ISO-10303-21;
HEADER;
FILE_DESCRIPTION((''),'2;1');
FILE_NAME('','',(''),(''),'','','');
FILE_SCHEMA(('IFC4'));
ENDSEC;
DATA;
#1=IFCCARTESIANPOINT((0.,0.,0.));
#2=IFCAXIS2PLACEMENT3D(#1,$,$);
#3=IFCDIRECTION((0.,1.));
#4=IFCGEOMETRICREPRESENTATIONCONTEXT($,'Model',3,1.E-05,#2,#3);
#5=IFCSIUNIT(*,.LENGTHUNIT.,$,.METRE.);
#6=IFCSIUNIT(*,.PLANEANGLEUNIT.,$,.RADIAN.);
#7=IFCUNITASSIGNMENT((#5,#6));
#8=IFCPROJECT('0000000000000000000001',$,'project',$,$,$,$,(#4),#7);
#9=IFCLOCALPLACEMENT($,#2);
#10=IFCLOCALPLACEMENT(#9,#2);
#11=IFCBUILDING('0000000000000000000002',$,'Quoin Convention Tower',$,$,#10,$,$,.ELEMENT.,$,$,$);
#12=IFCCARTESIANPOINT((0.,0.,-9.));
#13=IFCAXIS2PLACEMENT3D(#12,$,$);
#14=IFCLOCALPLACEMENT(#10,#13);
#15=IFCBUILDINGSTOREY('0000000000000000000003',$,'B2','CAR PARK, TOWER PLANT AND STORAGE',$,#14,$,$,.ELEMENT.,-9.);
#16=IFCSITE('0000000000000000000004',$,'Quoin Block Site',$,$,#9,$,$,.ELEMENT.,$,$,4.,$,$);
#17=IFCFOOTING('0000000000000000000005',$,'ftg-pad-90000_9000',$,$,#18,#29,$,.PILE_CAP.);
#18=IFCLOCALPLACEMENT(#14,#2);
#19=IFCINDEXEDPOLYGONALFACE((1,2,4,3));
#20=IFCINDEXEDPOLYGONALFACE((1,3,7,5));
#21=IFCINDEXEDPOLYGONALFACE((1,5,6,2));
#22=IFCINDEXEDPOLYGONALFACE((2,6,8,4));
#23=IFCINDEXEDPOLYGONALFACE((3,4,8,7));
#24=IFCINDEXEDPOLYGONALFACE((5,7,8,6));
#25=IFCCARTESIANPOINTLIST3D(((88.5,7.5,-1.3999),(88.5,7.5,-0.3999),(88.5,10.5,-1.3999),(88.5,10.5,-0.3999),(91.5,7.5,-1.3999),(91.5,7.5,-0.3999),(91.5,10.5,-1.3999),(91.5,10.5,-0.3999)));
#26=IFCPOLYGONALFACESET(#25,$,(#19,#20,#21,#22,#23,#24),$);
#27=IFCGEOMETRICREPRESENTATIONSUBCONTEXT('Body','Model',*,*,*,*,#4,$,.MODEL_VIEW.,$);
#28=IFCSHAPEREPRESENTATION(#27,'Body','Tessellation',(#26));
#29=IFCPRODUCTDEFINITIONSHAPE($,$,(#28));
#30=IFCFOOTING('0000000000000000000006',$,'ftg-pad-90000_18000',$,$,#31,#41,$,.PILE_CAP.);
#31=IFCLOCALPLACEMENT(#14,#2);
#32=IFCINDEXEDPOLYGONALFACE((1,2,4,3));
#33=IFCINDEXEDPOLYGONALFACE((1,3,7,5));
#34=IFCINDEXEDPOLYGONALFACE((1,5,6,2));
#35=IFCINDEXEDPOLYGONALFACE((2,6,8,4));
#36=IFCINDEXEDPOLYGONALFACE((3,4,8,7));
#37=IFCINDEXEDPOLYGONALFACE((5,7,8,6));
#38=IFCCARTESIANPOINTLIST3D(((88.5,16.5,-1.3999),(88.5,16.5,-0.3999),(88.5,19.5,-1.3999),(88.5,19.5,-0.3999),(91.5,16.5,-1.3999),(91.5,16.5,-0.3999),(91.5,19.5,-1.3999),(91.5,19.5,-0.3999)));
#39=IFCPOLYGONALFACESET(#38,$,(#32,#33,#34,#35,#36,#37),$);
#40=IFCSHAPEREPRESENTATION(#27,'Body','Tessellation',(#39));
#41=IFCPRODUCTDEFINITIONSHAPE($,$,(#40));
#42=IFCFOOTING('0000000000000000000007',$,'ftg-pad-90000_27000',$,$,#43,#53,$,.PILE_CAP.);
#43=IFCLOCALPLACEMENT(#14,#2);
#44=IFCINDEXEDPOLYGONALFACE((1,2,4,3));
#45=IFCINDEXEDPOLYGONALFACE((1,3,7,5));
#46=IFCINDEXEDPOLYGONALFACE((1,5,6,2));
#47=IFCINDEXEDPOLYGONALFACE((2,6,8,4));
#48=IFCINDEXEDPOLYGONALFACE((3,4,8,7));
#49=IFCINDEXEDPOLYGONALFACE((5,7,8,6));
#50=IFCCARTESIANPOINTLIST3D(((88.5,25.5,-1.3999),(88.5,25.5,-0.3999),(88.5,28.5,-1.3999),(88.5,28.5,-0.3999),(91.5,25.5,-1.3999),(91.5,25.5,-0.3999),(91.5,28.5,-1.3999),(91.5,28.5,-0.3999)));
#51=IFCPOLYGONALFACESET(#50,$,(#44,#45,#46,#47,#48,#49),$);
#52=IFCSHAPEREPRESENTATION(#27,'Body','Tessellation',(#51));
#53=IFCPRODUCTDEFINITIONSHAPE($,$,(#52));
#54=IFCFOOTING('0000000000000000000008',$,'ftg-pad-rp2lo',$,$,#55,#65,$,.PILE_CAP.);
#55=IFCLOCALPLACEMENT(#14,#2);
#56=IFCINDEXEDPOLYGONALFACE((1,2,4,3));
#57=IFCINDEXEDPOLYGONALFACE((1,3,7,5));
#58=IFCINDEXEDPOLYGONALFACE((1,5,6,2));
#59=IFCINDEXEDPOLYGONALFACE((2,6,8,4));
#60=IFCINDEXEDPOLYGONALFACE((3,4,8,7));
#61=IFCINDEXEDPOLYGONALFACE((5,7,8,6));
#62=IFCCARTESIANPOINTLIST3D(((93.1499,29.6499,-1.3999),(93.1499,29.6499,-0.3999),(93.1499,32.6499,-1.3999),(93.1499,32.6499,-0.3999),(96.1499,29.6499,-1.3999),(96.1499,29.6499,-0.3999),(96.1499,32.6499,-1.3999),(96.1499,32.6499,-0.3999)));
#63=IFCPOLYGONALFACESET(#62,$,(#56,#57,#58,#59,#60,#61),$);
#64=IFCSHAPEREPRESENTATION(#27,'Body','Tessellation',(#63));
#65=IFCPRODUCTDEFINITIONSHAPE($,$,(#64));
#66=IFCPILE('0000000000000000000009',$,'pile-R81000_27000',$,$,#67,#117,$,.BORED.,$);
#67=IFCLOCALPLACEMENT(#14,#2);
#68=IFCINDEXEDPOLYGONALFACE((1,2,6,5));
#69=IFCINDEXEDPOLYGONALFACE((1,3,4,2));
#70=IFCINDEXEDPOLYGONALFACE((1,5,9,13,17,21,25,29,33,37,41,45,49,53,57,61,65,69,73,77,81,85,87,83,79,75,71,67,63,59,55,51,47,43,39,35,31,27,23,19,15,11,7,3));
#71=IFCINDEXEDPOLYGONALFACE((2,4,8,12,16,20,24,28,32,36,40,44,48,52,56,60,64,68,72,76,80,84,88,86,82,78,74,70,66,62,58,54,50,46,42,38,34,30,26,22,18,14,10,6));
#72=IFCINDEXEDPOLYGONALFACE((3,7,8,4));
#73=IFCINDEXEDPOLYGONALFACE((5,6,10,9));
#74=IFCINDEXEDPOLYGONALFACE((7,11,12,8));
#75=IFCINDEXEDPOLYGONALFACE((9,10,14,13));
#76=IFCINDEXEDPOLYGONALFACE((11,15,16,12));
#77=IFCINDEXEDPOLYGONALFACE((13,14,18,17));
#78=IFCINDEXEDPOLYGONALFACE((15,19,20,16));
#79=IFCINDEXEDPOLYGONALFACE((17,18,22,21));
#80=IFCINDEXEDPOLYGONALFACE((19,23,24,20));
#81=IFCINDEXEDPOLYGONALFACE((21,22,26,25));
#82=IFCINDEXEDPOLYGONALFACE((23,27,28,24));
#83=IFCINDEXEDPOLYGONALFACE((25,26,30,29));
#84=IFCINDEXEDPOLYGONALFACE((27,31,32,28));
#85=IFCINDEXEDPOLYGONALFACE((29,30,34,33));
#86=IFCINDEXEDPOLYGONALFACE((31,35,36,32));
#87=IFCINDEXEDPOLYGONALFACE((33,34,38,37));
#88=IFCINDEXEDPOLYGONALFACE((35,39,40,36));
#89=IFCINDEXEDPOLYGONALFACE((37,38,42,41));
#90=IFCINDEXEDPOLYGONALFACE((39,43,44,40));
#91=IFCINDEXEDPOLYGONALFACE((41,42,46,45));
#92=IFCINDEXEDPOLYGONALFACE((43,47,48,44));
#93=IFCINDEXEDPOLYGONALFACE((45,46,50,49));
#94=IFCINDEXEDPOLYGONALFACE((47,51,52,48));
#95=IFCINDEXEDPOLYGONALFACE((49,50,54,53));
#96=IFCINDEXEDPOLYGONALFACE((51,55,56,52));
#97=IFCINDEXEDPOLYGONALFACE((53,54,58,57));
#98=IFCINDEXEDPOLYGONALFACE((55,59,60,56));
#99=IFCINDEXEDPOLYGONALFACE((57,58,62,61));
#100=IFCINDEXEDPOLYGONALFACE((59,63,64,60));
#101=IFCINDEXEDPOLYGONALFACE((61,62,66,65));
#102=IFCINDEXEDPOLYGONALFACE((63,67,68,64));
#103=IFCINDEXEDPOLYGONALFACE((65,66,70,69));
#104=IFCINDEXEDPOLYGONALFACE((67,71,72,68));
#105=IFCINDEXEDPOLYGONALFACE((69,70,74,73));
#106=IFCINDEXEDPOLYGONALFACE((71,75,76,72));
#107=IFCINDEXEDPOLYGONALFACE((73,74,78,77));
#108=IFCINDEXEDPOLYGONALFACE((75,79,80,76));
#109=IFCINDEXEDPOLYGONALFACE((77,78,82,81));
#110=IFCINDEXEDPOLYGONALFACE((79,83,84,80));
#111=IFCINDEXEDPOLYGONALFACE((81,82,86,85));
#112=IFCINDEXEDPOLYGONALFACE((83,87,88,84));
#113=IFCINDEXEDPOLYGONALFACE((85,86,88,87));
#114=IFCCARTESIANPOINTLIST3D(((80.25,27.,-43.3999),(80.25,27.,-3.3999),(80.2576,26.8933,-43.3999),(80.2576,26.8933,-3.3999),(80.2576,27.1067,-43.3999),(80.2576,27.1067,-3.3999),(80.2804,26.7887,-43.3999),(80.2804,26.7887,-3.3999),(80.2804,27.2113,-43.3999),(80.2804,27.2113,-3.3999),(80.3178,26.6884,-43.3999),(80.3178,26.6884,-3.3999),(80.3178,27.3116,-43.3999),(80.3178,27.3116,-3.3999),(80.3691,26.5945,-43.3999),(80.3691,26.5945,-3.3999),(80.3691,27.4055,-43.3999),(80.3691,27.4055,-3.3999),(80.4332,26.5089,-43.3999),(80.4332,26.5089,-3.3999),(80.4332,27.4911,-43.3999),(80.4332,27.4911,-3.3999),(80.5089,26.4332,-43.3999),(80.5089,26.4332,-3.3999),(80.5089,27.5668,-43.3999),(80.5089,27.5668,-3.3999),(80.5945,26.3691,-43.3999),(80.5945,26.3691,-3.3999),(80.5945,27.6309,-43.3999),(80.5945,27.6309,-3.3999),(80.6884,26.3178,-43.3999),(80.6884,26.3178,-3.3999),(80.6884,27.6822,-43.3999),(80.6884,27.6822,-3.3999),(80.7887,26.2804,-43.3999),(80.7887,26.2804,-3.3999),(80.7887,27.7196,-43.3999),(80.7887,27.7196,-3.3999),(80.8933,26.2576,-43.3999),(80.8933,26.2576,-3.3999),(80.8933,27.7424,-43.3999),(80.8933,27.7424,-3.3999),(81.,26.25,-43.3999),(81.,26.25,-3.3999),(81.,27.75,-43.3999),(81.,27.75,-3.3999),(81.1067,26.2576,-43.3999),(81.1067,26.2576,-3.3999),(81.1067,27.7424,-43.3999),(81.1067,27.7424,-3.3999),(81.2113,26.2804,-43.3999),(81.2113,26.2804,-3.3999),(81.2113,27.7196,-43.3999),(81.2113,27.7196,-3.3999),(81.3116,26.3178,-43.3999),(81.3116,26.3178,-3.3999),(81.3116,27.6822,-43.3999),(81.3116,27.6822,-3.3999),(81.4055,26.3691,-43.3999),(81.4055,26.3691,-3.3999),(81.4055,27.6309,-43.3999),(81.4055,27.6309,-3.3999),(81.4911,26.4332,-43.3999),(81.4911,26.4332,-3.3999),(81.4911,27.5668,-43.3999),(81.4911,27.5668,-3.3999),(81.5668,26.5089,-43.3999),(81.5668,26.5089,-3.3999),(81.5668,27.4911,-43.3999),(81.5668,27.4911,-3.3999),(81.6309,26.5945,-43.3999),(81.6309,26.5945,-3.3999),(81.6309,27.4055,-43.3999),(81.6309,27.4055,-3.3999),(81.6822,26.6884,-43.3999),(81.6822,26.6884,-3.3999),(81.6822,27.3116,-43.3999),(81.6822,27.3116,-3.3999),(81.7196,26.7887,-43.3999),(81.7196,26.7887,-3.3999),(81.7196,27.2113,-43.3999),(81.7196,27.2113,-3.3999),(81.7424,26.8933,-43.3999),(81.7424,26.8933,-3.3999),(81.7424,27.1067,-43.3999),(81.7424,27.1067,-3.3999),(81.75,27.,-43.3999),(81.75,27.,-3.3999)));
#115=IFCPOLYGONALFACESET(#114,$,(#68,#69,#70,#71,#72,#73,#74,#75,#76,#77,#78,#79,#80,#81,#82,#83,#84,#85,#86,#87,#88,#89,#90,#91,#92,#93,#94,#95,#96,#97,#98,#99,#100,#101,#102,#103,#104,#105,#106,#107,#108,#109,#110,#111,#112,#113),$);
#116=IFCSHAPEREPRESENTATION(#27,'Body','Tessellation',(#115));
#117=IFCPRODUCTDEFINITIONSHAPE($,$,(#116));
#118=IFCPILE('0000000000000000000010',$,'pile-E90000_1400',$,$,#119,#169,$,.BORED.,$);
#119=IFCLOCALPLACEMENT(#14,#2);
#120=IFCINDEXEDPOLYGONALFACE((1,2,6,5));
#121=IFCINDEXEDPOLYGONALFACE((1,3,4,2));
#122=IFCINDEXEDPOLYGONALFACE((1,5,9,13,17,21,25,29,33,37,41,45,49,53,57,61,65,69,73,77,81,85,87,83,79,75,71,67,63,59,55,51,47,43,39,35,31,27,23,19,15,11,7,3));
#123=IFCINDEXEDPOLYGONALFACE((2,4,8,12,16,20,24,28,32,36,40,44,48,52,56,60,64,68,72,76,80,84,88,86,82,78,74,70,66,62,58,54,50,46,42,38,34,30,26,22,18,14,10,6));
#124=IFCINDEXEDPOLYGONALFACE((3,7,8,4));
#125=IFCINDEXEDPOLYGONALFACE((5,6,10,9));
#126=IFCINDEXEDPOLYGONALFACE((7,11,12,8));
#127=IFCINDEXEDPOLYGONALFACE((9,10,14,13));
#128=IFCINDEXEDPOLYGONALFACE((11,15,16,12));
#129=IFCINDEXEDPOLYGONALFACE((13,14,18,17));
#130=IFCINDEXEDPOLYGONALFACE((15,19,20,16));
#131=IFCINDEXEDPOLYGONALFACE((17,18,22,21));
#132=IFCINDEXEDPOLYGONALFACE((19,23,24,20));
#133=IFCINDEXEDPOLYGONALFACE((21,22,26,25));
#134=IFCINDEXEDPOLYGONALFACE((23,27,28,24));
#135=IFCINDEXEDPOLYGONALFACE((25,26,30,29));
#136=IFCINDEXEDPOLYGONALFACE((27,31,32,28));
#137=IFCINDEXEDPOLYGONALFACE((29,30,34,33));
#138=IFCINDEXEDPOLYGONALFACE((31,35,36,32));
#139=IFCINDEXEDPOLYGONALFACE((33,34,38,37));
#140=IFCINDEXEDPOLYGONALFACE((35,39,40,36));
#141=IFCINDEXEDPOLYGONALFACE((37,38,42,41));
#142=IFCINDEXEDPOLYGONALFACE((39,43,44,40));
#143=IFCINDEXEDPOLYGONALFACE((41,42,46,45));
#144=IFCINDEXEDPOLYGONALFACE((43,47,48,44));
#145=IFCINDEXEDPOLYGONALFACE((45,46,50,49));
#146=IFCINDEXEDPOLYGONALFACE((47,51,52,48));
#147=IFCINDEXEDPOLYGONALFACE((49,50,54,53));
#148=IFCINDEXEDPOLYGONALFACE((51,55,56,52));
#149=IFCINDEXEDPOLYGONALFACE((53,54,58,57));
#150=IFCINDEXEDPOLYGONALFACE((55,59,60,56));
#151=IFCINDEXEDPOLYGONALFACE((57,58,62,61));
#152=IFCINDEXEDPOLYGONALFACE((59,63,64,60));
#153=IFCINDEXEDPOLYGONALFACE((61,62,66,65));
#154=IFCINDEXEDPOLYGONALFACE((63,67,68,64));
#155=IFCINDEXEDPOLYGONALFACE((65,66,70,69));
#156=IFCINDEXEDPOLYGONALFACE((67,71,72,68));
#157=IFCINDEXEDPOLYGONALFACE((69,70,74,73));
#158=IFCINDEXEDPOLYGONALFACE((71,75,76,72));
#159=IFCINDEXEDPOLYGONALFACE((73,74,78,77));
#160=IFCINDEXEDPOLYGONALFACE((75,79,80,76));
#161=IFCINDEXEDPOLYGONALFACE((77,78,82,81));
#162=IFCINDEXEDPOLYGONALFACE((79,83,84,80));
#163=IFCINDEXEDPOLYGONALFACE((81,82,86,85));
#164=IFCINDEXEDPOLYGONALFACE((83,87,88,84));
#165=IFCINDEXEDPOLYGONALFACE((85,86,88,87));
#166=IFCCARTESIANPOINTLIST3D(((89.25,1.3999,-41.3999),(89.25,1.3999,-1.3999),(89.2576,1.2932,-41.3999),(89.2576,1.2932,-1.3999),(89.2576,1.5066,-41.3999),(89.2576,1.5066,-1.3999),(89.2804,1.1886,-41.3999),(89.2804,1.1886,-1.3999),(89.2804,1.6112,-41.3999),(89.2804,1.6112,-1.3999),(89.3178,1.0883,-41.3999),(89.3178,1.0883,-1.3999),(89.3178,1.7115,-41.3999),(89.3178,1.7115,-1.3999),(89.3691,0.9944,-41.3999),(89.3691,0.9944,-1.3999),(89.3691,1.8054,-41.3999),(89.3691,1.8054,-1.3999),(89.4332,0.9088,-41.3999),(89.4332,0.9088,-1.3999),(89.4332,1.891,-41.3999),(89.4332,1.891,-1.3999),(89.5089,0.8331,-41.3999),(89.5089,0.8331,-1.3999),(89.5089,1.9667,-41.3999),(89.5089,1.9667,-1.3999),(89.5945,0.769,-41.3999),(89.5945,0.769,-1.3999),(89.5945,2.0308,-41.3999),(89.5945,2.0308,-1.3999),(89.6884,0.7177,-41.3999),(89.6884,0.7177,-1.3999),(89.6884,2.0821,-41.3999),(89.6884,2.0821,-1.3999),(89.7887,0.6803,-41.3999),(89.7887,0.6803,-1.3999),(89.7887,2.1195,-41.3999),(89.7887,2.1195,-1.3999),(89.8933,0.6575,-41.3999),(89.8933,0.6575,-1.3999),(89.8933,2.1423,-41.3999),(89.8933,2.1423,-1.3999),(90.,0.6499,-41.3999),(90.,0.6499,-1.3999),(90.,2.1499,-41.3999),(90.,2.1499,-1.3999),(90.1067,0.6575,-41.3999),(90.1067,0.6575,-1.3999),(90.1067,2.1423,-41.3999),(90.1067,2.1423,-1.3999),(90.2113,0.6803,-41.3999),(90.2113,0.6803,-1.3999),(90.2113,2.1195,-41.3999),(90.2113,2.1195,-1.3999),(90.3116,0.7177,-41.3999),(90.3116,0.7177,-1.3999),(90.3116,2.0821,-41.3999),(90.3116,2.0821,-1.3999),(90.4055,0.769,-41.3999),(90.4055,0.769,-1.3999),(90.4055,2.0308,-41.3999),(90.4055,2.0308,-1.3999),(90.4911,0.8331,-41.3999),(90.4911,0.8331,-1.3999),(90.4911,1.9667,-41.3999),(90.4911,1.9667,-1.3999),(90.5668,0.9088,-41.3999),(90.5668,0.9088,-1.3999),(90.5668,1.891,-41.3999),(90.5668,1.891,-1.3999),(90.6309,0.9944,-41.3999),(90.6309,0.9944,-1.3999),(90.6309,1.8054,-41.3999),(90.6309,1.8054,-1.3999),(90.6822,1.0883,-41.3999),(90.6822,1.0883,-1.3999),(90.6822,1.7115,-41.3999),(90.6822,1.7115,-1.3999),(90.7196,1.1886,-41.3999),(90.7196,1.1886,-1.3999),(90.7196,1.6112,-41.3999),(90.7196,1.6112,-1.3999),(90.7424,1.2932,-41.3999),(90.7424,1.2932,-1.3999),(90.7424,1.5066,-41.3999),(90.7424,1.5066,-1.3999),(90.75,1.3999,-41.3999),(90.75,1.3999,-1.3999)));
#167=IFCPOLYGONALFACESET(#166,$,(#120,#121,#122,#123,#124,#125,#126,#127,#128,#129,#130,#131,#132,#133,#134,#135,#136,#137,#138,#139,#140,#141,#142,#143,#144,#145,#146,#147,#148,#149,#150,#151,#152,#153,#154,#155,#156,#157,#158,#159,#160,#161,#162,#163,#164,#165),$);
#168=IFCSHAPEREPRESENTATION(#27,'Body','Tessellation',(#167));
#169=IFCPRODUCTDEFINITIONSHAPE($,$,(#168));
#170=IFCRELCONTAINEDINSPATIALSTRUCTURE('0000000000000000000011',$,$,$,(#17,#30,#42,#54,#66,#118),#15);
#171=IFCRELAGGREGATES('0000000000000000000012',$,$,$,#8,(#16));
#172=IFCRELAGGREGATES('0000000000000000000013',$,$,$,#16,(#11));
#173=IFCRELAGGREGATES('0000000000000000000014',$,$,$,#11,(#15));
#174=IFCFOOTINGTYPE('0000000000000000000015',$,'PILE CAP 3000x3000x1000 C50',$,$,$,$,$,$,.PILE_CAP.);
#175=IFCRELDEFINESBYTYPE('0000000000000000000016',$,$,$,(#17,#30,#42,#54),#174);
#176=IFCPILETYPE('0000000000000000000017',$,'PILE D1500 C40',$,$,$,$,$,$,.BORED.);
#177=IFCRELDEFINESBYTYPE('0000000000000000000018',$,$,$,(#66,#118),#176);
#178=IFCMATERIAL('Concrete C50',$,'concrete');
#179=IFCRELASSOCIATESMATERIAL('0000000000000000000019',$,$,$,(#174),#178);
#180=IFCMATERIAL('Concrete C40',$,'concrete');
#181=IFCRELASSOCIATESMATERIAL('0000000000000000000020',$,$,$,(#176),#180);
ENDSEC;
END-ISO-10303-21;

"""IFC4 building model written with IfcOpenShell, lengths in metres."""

from ifc_helpers import new_model, si_unit, direction, frame, origin, origin_2d, place, context, subcontext, project, spatial, rectangle, circle, extrude, material, material_profile, profile_set, type_object, element, save


model = new_model("IFC4")

# Units and contexts
model_context = context("Model", 3, precision=1e-05, world=origin(), true_north=direction((0.0, 1.0)))
body_context = subcontext(model_context, "Body", "Model", "MODEL_VIEW")
ifc_project = project(units=[si_unit("LENGTHUNIT", "METRE"), si_unit("PLANEANGLEUNIT", "RADIAN")], contexts=[model_context])

# Site, building, storey
site_placement = place(None, origin())
site = spatial("IfcSite", under=ifc_project, at=site_placement, Name="Quoin Block Site", CompositionType="ELEMENT", RefElevation=4.0)
building_placement = place(site_placement, origin())
building = spatial("IfcBuilding", under=site, at=building_placement, Name="Quoin Convention Tower", CompositionType="ELEMENT")
storey_placement = place(building_placement, frame((0.0, 0.0, -9.0)))
storey = spatial("IfcBuildingStorey", under=building, at=storey_placement, Name="B2", Description="CAR PARK, TOWER PLANT AND STORAGE", CompositionType="ELEMENT", Elevation=-9.0)

# Footings
ifc_material_1 = material(Name="Concrete C50", Category="concrete")
footing_type = type_object("IfcFootingType", Name="PILE CAP 3000x3000x1000 C50", PredefinedType="PILE_CAP", material=ifc_material_1)
for number, where, z_axis, x_axis, name in (
    (1, (90.0, 9.0, -1.3999), (0.0, 0.0, 1.0), (1.0, 0.0, 0.0), "ftg-pad-90000_9000"),
    (2, (90.0, 18.0, -1.3999), (0.0, 0.0, 1.0), (1.0, 0.0, 0.0), "ftg-pad-90000_18000"),
    (3, (90.0, 27.0, -1.3999), (0.0, 0.0, 1.0), (1.0, 0.0, 0.0), "ftg-pad-90000_27000"),
    (4, (94.6499, 31.1499, -1.3999), (0.0, 0.0, 1.0), (1.0, 0.0, 0.0), "ftg-pad-rp2lo"),
):
    element("IfcFooting", number, at=place(storey_placement, frame(where, z_axis=z_axis, x_axis=x_axis)), inside=storey, type_object=footing_type, Name=name, PredefinedType="PILE_CAP", context=body_context, shape_type="SweptSolid", body=[
        extrude(rectangle(XDim=3.0, YDim=3.0, at=origin_2d()), origin(), (0.0, 0.0, 1.0), 1.0),
    ])

# Piles
ifc_material_2 = material(Name="Concrete C40", Category="concrete")
ifc_material_profile_1 = material_profile(ifc_material_2, circle(Radius=0.75, at=origin_2d()), Name="D1500")
ifc_profile_set_1 = profile_set([ifc_material_profile_1], Name="Concrete C40")
pile_type = type_object("IfcPileType", Name="PILE D1500 C40", PredefinedType="BORED", material=ifc_profile_set_1)
for number, where, z_axis, x_axis, name in (
    (5, (81.0, 27.0, -3.3999), (0.0, 0.0, -1.0), (1.0, 0.0, 0.0), "pile-R81000_27000"),
    (6, (90.0, 1.3999, -1.3999), (0.0, 0.0, -1.0), (1.0, 0.0, 0.0), "pile-E90000_1400"),
):
    element("IfcPile", number, at=place(storey_placement, frame(where, z_axis=z_axis, x_axis=x_axis)), inside=storey, type_object=pile_type, Name=name, PredefinedType="BORED", context=body_context, shape_type="SweptSolid", body=[
        extrude(circle(Radius=0.75, at=origin_2d()), origin(), (0.0, 0.0, 1.0), 40.0),
    ])

save(model, "model.ifc")
